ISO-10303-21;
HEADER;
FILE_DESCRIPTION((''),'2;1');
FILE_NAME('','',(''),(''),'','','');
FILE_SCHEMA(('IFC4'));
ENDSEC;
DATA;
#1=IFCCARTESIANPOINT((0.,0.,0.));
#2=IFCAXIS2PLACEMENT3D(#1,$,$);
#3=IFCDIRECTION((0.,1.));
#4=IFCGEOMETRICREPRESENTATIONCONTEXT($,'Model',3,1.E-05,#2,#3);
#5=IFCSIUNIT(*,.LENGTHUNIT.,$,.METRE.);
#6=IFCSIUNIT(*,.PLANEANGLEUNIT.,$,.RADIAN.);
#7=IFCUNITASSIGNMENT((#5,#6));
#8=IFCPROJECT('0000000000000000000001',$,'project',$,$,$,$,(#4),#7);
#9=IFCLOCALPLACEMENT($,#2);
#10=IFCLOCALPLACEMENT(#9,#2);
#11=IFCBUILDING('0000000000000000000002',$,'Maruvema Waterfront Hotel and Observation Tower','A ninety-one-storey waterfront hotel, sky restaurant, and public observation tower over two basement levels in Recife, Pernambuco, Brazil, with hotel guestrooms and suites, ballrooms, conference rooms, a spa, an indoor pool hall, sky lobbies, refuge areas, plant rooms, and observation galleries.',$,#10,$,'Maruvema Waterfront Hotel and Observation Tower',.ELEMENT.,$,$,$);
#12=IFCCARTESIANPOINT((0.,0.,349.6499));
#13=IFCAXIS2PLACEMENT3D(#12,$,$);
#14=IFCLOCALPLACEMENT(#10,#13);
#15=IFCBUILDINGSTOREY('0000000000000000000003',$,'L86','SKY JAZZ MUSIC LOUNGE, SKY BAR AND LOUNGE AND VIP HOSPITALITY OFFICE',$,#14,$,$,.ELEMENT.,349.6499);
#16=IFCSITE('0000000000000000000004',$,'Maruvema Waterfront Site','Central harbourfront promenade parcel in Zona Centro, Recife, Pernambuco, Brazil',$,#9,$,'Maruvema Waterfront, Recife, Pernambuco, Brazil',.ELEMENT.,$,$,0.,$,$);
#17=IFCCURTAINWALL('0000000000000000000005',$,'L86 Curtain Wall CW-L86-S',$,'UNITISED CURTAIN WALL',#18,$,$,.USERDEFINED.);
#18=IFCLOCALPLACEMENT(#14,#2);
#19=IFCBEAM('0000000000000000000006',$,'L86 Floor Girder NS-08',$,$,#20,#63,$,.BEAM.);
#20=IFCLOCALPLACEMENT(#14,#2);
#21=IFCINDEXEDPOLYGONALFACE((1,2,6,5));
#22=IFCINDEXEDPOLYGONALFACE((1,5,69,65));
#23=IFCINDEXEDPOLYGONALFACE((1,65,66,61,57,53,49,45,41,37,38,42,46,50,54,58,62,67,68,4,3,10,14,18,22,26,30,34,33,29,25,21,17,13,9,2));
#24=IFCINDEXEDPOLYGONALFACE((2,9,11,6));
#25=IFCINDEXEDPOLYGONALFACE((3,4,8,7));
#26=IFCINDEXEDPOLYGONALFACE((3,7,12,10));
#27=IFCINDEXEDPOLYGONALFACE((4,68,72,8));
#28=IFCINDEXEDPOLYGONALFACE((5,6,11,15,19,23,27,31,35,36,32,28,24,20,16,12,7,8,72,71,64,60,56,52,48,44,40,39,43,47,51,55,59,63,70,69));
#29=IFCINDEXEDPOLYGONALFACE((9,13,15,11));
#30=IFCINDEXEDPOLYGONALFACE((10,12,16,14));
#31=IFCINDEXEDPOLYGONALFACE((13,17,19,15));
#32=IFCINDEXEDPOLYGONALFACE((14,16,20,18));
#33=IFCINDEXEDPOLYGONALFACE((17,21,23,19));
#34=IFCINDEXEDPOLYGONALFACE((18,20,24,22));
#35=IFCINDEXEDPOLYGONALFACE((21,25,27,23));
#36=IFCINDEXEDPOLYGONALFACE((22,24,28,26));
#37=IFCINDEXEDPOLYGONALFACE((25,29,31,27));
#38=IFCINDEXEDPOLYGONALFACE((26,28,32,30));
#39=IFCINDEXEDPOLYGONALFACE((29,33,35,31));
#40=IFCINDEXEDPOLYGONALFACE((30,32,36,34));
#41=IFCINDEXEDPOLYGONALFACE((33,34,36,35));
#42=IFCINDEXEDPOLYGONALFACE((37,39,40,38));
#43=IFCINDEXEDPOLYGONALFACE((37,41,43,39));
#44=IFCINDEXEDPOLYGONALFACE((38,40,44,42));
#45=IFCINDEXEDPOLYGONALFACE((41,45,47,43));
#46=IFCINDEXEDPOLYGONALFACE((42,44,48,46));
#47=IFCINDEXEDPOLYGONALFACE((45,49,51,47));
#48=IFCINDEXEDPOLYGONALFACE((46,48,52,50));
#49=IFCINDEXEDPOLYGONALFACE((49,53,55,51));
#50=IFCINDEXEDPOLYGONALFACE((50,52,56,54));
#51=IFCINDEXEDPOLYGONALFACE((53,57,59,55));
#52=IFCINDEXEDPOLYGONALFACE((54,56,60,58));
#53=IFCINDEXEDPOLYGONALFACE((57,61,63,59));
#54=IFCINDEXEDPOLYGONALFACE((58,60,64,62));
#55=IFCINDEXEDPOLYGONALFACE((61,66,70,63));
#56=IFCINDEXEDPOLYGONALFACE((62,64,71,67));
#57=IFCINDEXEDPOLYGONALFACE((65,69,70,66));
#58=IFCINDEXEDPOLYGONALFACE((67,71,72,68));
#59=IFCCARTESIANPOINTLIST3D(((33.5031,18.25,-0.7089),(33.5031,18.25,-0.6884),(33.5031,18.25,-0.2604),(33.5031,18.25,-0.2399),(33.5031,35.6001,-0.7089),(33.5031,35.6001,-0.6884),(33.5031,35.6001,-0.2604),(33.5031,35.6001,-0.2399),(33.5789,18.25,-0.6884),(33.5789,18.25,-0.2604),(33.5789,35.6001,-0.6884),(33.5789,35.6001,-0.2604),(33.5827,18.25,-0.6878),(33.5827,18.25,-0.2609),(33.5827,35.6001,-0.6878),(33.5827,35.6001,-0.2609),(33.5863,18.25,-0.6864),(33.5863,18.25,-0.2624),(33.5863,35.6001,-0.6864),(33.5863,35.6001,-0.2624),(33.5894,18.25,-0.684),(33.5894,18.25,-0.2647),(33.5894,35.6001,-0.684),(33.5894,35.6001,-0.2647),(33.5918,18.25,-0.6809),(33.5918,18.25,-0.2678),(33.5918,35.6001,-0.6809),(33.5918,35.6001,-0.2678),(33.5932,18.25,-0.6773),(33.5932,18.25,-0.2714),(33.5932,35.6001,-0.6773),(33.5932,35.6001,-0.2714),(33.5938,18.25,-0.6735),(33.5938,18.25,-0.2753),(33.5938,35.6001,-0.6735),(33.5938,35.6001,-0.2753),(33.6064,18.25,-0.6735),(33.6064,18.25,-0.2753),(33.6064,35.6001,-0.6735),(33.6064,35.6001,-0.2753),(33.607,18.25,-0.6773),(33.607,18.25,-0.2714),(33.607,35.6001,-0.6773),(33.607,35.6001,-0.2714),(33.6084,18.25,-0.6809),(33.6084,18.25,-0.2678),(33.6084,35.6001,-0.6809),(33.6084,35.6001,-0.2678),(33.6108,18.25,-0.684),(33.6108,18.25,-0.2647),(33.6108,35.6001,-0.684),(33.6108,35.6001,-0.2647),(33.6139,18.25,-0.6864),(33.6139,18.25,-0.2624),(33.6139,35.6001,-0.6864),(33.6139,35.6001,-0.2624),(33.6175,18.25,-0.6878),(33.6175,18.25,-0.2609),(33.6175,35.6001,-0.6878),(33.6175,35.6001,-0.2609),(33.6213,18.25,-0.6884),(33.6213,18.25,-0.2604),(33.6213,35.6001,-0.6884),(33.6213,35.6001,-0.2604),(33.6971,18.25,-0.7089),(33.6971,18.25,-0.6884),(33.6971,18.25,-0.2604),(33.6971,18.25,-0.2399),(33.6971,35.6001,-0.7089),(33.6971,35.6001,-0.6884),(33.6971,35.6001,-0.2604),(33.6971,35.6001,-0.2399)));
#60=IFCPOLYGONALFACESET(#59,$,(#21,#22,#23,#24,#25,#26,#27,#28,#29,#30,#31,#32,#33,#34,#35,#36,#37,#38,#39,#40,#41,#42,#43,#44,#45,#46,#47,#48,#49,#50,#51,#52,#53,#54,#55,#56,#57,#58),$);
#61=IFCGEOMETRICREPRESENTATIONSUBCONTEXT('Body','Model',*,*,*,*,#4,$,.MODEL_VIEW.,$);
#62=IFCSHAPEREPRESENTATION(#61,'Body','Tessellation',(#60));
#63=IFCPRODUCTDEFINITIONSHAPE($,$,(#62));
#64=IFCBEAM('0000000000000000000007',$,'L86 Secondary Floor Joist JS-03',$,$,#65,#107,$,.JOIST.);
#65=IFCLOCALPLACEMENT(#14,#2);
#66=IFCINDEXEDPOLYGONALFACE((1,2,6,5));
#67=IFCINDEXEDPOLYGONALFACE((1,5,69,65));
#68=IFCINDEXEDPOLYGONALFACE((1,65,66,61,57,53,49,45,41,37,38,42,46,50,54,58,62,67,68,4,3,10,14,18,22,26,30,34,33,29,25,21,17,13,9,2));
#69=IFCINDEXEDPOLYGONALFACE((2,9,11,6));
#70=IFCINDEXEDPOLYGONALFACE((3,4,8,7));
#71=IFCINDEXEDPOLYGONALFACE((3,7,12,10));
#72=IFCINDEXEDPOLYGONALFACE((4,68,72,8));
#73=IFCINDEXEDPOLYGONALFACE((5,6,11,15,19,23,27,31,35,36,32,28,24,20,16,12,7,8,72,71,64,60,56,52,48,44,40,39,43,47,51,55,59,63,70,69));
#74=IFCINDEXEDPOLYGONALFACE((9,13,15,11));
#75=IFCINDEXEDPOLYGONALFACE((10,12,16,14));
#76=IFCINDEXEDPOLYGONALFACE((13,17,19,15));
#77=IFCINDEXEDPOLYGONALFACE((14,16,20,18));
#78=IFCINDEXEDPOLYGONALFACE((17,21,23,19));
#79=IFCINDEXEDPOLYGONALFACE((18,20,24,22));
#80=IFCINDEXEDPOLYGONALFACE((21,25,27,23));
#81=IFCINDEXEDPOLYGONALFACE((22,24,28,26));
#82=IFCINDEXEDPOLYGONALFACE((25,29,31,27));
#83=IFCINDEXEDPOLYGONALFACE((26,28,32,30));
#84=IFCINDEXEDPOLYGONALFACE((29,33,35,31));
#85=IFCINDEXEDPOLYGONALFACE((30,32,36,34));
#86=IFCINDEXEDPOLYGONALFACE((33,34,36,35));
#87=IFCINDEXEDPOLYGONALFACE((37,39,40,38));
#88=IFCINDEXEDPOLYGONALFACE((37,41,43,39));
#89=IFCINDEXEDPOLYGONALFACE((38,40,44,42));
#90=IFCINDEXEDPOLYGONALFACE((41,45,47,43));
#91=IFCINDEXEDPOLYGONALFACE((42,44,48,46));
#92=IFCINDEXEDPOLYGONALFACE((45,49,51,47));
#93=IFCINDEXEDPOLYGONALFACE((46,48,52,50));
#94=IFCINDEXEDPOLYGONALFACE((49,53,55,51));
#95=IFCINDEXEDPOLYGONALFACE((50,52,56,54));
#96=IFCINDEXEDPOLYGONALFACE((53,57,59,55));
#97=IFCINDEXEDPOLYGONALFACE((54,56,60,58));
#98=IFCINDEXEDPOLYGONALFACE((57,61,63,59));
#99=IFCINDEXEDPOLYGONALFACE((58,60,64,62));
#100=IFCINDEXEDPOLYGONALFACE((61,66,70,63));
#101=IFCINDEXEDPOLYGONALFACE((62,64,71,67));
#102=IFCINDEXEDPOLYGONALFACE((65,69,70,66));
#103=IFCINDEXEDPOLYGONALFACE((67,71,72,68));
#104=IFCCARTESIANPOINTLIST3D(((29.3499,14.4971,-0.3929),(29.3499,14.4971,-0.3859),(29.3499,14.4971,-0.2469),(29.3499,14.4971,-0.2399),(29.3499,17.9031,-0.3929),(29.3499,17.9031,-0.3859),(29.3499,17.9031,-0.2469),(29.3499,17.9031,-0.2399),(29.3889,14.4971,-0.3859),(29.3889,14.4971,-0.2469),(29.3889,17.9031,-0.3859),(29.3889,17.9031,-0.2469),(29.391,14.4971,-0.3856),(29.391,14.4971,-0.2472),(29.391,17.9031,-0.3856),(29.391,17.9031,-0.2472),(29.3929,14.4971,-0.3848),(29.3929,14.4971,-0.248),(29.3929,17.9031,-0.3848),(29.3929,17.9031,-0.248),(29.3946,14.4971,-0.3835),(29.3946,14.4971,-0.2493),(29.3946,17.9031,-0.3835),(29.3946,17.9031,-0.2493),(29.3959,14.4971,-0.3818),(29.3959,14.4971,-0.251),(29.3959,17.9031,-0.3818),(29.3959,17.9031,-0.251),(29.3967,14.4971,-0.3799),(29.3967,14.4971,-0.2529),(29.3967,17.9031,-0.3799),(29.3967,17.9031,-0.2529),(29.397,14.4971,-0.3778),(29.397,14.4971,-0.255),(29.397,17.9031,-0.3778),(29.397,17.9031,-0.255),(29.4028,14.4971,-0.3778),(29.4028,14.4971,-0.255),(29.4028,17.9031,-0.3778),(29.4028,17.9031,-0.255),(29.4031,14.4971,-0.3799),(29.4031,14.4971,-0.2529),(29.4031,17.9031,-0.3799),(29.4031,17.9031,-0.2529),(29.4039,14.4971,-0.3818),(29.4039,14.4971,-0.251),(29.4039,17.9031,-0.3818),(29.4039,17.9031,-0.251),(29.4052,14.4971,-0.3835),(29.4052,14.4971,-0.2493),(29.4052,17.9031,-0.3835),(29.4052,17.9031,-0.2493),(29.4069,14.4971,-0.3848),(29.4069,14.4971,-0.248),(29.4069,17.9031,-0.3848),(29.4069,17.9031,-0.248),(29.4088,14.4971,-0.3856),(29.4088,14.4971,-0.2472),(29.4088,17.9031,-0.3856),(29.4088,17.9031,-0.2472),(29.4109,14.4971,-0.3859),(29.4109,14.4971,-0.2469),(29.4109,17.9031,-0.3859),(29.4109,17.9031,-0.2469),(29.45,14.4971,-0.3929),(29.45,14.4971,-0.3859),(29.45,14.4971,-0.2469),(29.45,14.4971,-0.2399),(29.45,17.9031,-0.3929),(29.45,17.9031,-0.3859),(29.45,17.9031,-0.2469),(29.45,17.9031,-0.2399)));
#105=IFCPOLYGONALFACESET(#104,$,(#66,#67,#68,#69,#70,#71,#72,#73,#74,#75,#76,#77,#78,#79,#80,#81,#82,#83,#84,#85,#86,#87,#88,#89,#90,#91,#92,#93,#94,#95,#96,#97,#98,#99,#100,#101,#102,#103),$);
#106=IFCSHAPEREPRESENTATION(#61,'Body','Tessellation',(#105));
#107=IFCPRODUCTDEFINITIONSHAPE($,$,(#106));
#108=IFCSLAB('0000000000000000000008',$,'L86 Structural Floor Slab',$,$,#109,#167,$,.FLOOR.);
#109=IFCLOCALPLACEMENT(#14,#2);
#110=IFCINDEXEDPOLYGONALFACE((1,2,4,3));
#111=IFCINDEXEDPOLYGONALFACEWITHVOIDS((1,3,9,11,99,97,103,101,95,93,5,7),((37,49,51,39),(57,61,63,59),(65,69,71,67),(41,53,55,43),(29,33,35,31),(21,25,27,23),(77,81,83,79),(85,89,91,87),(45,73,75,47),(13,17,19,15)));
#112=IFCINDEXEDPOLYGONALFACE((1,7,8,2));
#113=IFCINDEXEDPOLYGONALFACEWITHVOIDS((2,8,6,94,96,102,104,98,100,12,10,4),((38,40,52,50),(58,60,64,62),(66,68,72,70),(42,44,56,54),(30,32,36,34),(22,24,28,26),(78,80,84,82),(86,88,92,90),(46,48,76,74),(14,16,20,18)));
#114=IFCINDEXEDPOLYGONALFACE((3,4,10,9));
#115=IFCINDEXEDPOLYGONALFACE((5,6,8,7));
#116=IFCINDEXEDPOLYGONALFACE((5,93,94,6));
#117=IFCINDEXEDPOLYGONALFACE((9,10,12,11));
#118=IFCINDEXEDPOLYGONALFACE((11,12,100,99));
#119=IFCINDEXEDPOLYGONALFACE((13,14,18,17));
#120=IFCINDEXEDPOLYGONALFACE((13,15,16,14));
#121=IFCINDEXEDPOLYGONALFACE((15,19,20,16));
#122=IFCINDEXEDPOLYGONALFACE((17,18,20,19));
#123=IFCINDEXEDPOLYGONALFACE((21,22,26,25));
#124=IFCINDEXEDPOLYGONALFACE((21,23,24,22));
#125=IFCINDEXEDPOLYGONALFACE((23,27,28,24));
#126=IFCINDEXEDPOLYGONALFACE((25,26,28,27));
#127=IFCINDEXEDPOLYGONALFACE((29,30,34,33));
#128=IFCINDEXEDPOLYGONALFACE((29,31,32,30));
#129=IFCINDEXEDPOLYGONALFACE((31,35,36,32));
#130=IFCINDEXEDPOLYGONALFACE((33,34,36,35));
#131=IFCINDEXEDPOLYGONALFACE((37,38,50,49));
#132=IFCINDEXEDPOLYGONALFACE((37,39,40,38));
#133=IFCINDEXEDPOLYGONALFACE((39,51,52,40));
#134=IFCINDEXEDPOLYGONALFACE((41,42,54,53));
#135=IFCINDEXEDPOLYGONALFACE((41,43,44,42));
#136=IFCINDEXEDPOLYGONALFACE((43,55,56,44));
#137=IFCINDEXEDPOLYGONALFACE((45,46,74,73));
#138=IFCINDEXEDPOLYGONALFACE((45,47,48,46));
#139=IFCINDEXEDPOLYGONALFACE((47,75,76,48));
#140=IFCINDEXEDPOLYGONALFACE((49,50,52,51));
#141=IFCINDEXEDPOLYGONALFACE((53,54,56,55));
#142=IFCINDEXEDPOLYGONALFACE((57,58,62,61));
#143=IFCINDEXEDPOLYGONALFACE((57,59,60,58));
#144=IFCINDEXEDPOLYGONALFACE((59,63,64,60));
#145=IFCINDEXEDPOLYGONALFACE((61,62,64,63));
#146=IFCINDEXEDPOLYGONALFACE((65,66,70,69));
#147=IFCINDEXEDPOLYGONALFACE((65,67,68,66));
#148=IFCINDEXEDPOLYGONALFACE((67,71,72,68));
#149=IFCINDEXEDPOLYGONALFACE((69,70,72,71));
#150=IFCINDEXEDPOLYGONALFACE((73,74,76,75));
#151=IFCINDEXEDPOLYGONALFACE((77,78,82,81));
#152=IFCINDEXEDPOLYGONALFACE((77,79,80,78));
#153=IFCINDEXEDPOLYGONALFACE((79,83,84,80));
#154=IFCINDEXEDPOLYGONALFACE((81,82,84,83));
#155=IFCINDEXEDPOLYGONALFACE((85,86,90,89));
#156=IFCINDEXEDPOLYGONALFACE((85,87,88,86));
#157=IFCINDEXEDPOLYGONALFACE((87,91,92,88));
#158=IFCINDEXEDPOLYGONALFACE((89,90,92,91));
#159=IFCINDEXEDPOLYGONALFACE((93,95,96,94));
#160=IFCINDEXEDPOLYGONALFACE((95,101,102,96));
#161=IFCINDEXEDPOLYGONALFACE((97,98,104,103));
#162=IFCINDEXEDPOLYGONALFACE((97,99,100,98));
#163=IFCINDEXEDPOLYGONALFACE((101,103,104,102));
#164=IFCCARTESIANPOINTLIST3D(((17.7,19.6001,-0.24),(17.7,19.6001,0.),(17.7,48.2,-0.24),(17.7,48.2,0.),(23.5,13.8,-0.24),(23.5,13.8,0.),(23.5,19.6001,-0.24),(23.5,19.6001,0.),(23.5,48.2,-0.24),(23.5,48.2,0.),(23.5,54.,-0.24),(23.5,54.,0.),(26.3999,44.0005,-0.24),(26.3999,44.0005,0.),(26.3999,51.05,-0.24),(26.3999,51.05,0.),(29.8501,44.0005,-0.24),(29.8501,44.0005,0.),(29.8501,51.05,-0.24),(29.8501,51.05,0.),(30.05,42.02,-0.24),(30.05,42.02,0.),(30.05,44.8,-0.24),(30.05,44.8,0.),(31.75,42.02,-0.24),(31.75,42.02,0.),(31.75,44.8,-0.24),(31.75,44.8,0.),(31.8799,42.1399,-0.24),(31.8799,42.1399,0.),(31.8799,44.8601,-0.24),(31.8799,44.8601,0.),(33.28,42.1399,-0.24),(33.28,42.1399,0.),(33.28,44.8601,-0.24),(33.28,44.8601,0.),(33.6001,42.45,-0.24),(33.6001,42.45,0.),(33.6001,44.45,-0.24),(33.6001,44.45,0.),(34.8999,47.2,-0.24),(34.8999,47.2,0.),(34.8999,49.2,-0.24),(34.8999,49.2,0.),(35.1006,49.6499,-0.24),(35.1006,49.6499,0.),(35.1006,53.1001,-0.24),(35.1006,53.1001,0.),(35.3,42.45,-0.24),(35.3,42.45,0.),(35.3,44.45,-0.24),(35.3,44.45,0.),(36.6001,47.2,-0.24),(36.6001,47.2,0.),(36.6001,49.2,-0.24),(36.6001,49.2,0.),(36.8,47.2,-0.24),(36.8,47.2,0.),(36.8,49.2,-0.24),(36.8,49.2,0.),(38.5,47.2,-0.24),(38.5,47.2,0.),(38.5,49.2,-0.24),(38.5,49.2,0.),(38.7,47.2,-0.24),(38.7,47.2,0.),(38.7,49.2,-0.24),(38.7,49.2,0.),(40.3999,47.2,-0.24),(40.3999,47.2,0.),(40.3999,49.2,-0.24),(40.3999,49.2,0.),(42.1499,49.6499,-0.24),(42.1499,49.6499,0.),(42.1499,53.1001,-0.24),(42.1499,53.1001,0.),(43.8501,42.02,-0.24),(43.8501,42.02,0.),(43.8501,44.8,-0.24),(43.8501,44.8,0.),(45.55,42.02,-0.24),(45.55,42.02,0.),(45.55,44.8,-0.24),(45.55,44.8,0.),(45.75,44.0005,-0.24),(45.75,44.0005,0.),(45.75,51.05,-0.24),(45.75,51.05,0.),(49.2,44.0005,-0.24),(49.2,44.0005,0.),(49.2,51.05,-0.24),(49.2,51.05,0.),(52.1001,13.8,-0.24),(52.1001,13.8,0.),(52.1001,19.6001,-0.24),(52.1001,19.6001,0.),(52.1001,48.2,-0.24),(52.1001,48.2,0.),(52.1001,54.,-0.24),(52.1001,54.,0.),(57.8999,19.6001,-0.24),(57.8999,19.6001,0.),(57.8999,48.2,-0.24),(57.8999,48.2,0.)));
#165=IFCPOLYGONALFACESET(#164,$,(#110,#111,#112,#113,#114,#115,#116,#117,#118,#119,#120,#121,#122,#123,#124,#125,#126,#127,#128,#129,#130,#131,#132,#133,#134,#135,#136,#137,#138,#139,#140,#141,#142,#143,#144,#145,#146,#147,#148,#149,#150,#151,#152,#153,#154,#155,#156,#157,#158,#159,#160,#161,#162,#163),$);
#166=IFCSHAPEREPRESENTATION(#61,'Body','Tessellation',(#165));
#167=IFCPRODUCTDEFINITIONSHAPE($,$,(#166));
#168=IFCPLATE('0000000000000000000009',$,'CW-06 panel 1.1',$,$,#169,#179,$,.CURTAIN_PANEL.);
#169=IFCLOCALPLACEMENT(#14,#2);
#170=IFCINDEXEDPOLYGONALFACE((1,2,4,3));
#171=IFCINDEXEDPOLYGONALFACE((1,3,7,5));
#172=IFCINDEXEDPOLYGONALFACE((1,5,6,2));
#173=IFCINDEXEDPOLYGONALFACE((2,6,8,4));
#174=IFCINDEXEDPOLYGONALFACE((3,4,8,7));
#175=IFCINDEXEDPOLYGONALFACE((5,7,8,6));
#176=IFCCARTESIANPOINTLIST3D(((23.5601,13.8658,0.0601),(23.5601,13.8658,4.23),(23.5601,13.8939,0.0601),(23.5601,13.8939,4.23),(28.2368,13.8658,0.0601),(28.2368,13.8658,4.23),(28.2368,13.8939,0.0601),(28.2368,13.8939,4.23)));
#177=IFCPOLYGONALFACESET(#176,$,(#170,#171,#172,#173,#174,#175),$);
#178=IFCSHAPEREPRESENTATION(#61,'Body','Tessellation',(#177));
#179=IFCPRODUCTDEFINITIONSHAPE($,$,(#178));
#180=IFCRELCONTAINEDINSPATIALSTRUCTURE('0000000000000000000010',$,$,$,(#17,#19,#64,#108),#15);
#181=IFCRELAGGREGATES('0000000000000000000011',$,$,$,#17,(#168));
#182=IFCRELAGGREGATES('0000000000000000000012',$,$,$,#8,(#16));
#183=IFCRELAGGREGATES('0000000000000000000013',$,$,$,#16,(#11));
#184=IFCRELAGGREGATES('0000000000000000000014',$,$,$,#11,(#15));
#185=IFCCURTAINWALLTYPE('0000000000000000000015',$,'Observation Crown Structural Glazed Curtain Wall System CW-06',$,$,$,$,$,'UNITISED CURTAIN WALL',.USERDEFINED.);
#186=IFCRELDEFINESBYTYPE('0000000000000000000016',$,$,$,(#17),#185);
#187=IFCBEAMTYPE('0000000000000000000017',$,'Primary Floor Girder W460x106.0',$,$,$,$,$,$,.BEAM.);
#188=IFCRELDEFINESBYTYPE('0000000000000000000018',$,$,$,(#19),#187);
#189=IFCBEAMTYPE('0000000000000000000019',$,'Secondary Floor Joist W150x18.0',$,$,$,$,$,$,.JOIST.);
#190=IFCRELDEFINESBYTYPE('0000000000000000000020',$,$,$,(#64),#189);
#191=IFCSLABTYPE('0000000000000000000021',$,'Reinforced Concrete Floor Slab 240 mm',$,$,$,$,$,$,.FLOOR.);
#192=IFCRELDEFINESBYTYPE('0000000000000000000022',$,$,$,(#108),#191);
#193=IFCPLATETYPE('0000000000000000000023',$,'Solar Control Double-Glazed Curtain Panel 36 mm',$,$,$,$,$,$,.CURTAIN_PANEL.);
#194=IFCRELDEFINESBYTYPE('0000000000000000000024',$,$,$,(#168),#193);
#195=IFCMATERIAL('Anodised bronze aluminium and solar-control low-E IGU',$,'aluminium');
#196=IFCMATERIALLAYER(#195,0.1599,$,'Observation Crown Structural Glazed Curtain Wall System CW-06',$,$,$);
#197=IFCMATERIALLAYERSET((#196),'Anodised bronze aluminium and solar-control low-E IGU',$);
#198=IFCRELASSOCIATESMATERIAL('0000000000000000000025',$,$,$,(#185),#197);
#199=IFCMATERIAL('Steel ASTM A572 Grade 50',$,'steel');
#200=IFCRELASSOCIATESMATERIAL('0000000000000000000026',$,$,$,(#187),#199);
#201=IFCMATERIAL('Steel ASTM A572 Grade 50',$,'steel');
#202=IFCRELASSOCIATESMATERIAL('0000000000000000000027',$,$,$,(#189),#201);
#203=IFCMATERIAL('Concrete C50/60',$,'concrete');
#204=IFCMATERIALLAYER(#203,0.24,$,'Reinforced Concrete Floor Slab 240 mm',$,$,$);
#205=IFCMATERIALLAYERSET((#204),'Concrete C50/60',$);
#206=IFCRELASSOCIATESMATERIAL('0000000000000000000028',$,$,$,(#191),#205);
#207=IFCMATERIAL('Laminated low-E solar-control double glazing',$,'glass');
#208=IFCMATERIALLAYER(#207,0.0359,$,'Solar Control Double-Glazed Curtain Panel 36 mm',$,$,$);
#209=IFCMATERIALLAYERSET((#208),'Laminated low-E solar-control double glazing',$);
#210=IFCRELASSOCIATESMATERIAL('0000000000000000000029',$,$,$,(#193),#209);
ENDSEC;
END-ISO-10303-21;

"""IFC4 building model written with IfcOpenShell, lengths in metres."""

from ifc_helpers import new_model, si_unit, direction, frame, origin, origin_2d, place, context, subcontext, project, spatial, polyline, rectangle, i_section, outline, extrude, material, layer, layer_set, material_profile, profile_set, type_object, element, aggregate, save


model = new_model("IFC4")

# Units and contexts
model_context = context("Model", 3, precision=1e-05, world=origin(), true_north=direction((0.0, 1.0)))
body_context = subcontext(model_context, "Body", "Model", "MODEL_VIEW")
ifc_project = project(units=[si_unit("LENGTHUNIT", "METRE"), si_unit("PLANEANGLEUNIT", "RADIAN")], contexts=[model_context])

# Site, building, storey
site_placement = place(None, origin())
site = spatial("IfcSite", under=ifc_project, at=site_placement, Name="Maruvema Waterfront Site", Description="Central harbourfront promenade parcel in Zona Centro, Recife, Pernambuco, Brazil", LongName="Maruvema Waterfront, Recife, Pernambuco, Brazil", CompositionType="ELEMENT", RefElevation=0.0)
building_placement = place(site_placement, origin())
building = spatial("IfcBuilding", under=site, at=building_placement, Name="Maruvema Waterfront Hotel and Observation Tower", Description="A ninety-one-storey waterfront hotel, sky restaurant, and public observation tower over two basement levels in Recife, Pernambuco, Brazil, with hotel guestrooms and suites, ballrooms, conference rooms, a spa, an indoor pool hall, sky lobbies, refuge areas, plant rooms, and observation galleries.", LongName="Maruvema Waterfront Hotel and Observation Tower", CompositionType="ELEMENT")
storey_placement = place(building_placement, frame((0.0, 0.0, 349.6499)))
storey = spatial("IfcBuildingStorey", under=building, at=storey_placement, Name="L86", Description="SKY JAZZ MUSIC LOUNGE, SKY BAR AND LOUNGE AND VIP HOSPITALITY OFFICE", CompositionType="ELEMENT", Elevation=349.6499)

# Curtain wall
ifc_material_1 = material(Name="Anodised bronze aluminium and solar-control low-E IGU", Category="aluminium")
ifc_layer_1 = layer(ifc_material_1, 0.1599, Name="Observation Crown Structural Glazed Curtain Wall System CW-06")
ifc_layer_set_1 = layer_set([ifc_layer_1], Name="Anodised bronze aluminium and solar-control low-E IGU")
curtain_wall_type = type_object("IfcCurtainWallType", Name="Observation Crown Structural Glazed Curtain Wall System CW-06", ElementType="UNITISED CURTAIN WALL", PredefinedType="USERDEFINED", material=ifc_layer_set_1)
curtain_wall_placement = place(storey_placement, origin())
curtain_wall = element("IfcCurtainWall", 1, at=curtain_wall_placement, inside=storey, type_object=curtain_wall_type, Name="L86 Curtain Wall CW-L86-S", ObjectType="UNITISED CURTAIN WALL", PredefinedType="USERDEFINED")

# Beams
ifc_material_2 = material(Name="Steel ASTM A572 Grade 50", Category="steel")
ifc_material_profile_1 = material_profile(ifc_material_2, i_section(OverallWidth=0.1941, OverallDepth=0.469, WebThickness=0.0127, FlangeThickness=0.0205, FilletRadius=0.0149, at=origin_2d()), Name="W460x106.0")
ifc_profile_set_1 = profile_set([ifc_material_profile_1], Name="Steel ASTM A572 Grade 50")
beam_type_1 = type_object("IfcBeamType", Name="Primary Floor Girder W460x106.0", PredefinedType="BEAM", material=ifc_profile_set_1)
beam_1_placement = place(storey_placement, frame((33.6001, 18.25, -0.4744), z_axis=(0.0, 1.0, 0.0), x_axis=(-1.0, 0.0, 0.0)))
element("IfcBeam", 2, at=beam_1_placement, inside=storey, type_object=beam_type_1, Name="L86 Floor Girder NS-08", PredefinedType="BEAM", context=body_context, shape_type="SweptSolid", body=[
    extrude(i_section(OverallWidth=0.1941, OverallDepth=0.469, WebThickness=0.0127, FlangeThickness=0.0205, FilletRadius=0.0149, at=origin_2d()), origin(), (0.0, 0.0, 1.0), 17.3501),
])
ifc_material_3 = material(Name="Steel ASTM A572 Grade 50", Category="steel")
ifc_material_profile_2 = material_profile(ifc_material_3, i_section(OverallWidth=0.1001, OverallDepth=0.1531, WebThickness=0.0059, FlangeThickness=0.0071, FilletRadius=0.0081, at=origin_2d()), Name="W150x18.0")
ifc_profile_set_2 = profile_set([ifc_material_profile_2], Name="Steel ASTM A572 Grade 50")
beam_type_2 = type_object("IfcBeamType", Name="Secondary Floor Joist W150x18.0", PredefinedType="JOIST", material=ifc_profile_set_2)
beam_2_placement = place(storey_placement, frame((29.3999, 14.4971, -0.3164), z_axis=(0.0, 1.0, 0.0), x_axis=(-1.0, 0.0, 0.0)))
element("IfcBeam", 3, at=beam_2_placement, inside=storey, type_object=beam_type_2, Name="L86 Secondary Floor Joist JS-03", PredefinedType="JOIST", context=body_context, shape_type="SweptSolid", body=[
    extrude(i_section(OverallWidth=0.1001, OverallDepth=0.1531, WebThickness=0.0059, FlangeThickness=0.0071, FilletRadius=0.0081, at=origin_2d()), origin(), (0.0, 0.0, 1.0), 3.406),
])

# Slab
ifc_material_4 = material(Name="Concrete C50/60", Category="concrete")
ifc_layer_2 = layer(ifc_material_4, 0.24, Name="Reinforced Concrete Floor Slab 240 mm")
ifc_layer_set_2 = layer_set([ifc_layer_2], Name="Concrete C50/60")
slab_type_1 = type_object("IfcSlabType", Name="Reinforced Concrete Floor Slab 240 mm", PredefinedType="FLOOR", material=ifc_layer_set_2)
slab_1_placement = place(storey_placement, frame((0.0, 0.0, -0.24)))
element("IfcSlab", 4, at=slab_1_placement, inside=storey, type_object=slab_type_1, Name="L86 Structural Floor Slab", PredefinedType="FLOOR", context=body_context, shape_type="SweptSolid", body=[
    extrude(outline(polyline([(23.5, 13.8), (52.1001, 13.8), (52.1001, 19.6001), (57.8999, 19.6001), (57.8999, 48.2), (52.1001, 48.2), (52.1001, 54.0), (23.5, 54.0), (23.5, 48.2), (17.7, 48.2), (17.7, 19.6001), (23.5, 19.6001), (23.5, 13.8)]), holes=[polyline([(26.3999, 44.0005), (26.3999, 51.05), (29.8501, 51.05), (29.8501, 44.0005), (26.3999, 44.0005)]), polyline([(30.05, 42.02), (30.05, 44.8), (31.75, 44.8), (31.75, 42.02), (30.05, 42.02)]), polyline([(31.8799, 44.8601), (33.28, 44.8601), (33.28, 42.1399), (31.8799, 42.1399), (31.8799, 44.8601)]), polyline([(33.6001, 42.45), (33.6001, 44.45), (35.3, 44.45), (35.3, 42.45), (33.6001, 42.45)]), polyline([(34.8999, 47.2), (34.8999, 49.2), (36.6001, 49.2), (36.6001, 47.2), (34.8999, 47.2)]), polyline([(36.8, 47.2), (36.8, 49.2), (38.5, 49.2), (38.5, 47.2), (36.8, 47.2)]), polyline([(35.1006, 53.1001), (42.1499, 53.1001), (42.1499, 49.6499), (35.1006, 49.6499), (35.1006, 53.1001)]), polyline([(38.7, 49.2), (40.3999, 49.2), (40.3999, 47.2), (38.7, 47.2), (38.7, 49.2)]), polyline([(43.8501, 42.02), (43.8501, 44.8), (45.55, 44.8), (45.55, 42.02), (43.8501, 42.02)]), polyline([(49.2, 44.0005), (45.75, 44.0005), (45.75, 51.05), (49.2, 51.05), (49.2, 44.0005)])]), origin(), (0.0, 0.0, 1.0), 0.24),
])

# Plate
ifc_material_5 = material(Name="Laminated low-E solar-control double glazing", Category="glass")
ifc_layer_3 = layer(ifc_material_5, 0.0359, Name="Solar Control Double-Glazed Curtain Panel 36 mm")
ifc_layer_set_3 = layer_set([ifc_layer_3], Name="Laminated low-E solar-control double glazing")
plate_type = type_object("IfcPlateType", Name="Solar Control Double-Glazed Curtain Panel 36 mm", PredefinedType="CURTAIN_PANEL", material=ifc_layer_set_3)
plate_1_placement = place(storey_placement, frame((25.8984, 13.8799, 0.0601), z_axis=(0.0, 0.0, 1.0), x_axis=(1.0, 0.0, 0.0)))
plate_1 = element("IfcPlate", 5, at=plate_1_placement, type_object=plate_type, Name="CW-06 panel 1.1", PredefinedType="CURTAIN_PANEL", context=body_context, shape_type="SweptSolid", body=[
    extrude(rectangle(XDim=4.6768, YDim=0.0281, at=origin_2d()), origin(), (0.0, 0.0, 1.0), 4.1699),
])
aggregate(curtain_wall, [plate_1])

save(model, "model.ifc")
